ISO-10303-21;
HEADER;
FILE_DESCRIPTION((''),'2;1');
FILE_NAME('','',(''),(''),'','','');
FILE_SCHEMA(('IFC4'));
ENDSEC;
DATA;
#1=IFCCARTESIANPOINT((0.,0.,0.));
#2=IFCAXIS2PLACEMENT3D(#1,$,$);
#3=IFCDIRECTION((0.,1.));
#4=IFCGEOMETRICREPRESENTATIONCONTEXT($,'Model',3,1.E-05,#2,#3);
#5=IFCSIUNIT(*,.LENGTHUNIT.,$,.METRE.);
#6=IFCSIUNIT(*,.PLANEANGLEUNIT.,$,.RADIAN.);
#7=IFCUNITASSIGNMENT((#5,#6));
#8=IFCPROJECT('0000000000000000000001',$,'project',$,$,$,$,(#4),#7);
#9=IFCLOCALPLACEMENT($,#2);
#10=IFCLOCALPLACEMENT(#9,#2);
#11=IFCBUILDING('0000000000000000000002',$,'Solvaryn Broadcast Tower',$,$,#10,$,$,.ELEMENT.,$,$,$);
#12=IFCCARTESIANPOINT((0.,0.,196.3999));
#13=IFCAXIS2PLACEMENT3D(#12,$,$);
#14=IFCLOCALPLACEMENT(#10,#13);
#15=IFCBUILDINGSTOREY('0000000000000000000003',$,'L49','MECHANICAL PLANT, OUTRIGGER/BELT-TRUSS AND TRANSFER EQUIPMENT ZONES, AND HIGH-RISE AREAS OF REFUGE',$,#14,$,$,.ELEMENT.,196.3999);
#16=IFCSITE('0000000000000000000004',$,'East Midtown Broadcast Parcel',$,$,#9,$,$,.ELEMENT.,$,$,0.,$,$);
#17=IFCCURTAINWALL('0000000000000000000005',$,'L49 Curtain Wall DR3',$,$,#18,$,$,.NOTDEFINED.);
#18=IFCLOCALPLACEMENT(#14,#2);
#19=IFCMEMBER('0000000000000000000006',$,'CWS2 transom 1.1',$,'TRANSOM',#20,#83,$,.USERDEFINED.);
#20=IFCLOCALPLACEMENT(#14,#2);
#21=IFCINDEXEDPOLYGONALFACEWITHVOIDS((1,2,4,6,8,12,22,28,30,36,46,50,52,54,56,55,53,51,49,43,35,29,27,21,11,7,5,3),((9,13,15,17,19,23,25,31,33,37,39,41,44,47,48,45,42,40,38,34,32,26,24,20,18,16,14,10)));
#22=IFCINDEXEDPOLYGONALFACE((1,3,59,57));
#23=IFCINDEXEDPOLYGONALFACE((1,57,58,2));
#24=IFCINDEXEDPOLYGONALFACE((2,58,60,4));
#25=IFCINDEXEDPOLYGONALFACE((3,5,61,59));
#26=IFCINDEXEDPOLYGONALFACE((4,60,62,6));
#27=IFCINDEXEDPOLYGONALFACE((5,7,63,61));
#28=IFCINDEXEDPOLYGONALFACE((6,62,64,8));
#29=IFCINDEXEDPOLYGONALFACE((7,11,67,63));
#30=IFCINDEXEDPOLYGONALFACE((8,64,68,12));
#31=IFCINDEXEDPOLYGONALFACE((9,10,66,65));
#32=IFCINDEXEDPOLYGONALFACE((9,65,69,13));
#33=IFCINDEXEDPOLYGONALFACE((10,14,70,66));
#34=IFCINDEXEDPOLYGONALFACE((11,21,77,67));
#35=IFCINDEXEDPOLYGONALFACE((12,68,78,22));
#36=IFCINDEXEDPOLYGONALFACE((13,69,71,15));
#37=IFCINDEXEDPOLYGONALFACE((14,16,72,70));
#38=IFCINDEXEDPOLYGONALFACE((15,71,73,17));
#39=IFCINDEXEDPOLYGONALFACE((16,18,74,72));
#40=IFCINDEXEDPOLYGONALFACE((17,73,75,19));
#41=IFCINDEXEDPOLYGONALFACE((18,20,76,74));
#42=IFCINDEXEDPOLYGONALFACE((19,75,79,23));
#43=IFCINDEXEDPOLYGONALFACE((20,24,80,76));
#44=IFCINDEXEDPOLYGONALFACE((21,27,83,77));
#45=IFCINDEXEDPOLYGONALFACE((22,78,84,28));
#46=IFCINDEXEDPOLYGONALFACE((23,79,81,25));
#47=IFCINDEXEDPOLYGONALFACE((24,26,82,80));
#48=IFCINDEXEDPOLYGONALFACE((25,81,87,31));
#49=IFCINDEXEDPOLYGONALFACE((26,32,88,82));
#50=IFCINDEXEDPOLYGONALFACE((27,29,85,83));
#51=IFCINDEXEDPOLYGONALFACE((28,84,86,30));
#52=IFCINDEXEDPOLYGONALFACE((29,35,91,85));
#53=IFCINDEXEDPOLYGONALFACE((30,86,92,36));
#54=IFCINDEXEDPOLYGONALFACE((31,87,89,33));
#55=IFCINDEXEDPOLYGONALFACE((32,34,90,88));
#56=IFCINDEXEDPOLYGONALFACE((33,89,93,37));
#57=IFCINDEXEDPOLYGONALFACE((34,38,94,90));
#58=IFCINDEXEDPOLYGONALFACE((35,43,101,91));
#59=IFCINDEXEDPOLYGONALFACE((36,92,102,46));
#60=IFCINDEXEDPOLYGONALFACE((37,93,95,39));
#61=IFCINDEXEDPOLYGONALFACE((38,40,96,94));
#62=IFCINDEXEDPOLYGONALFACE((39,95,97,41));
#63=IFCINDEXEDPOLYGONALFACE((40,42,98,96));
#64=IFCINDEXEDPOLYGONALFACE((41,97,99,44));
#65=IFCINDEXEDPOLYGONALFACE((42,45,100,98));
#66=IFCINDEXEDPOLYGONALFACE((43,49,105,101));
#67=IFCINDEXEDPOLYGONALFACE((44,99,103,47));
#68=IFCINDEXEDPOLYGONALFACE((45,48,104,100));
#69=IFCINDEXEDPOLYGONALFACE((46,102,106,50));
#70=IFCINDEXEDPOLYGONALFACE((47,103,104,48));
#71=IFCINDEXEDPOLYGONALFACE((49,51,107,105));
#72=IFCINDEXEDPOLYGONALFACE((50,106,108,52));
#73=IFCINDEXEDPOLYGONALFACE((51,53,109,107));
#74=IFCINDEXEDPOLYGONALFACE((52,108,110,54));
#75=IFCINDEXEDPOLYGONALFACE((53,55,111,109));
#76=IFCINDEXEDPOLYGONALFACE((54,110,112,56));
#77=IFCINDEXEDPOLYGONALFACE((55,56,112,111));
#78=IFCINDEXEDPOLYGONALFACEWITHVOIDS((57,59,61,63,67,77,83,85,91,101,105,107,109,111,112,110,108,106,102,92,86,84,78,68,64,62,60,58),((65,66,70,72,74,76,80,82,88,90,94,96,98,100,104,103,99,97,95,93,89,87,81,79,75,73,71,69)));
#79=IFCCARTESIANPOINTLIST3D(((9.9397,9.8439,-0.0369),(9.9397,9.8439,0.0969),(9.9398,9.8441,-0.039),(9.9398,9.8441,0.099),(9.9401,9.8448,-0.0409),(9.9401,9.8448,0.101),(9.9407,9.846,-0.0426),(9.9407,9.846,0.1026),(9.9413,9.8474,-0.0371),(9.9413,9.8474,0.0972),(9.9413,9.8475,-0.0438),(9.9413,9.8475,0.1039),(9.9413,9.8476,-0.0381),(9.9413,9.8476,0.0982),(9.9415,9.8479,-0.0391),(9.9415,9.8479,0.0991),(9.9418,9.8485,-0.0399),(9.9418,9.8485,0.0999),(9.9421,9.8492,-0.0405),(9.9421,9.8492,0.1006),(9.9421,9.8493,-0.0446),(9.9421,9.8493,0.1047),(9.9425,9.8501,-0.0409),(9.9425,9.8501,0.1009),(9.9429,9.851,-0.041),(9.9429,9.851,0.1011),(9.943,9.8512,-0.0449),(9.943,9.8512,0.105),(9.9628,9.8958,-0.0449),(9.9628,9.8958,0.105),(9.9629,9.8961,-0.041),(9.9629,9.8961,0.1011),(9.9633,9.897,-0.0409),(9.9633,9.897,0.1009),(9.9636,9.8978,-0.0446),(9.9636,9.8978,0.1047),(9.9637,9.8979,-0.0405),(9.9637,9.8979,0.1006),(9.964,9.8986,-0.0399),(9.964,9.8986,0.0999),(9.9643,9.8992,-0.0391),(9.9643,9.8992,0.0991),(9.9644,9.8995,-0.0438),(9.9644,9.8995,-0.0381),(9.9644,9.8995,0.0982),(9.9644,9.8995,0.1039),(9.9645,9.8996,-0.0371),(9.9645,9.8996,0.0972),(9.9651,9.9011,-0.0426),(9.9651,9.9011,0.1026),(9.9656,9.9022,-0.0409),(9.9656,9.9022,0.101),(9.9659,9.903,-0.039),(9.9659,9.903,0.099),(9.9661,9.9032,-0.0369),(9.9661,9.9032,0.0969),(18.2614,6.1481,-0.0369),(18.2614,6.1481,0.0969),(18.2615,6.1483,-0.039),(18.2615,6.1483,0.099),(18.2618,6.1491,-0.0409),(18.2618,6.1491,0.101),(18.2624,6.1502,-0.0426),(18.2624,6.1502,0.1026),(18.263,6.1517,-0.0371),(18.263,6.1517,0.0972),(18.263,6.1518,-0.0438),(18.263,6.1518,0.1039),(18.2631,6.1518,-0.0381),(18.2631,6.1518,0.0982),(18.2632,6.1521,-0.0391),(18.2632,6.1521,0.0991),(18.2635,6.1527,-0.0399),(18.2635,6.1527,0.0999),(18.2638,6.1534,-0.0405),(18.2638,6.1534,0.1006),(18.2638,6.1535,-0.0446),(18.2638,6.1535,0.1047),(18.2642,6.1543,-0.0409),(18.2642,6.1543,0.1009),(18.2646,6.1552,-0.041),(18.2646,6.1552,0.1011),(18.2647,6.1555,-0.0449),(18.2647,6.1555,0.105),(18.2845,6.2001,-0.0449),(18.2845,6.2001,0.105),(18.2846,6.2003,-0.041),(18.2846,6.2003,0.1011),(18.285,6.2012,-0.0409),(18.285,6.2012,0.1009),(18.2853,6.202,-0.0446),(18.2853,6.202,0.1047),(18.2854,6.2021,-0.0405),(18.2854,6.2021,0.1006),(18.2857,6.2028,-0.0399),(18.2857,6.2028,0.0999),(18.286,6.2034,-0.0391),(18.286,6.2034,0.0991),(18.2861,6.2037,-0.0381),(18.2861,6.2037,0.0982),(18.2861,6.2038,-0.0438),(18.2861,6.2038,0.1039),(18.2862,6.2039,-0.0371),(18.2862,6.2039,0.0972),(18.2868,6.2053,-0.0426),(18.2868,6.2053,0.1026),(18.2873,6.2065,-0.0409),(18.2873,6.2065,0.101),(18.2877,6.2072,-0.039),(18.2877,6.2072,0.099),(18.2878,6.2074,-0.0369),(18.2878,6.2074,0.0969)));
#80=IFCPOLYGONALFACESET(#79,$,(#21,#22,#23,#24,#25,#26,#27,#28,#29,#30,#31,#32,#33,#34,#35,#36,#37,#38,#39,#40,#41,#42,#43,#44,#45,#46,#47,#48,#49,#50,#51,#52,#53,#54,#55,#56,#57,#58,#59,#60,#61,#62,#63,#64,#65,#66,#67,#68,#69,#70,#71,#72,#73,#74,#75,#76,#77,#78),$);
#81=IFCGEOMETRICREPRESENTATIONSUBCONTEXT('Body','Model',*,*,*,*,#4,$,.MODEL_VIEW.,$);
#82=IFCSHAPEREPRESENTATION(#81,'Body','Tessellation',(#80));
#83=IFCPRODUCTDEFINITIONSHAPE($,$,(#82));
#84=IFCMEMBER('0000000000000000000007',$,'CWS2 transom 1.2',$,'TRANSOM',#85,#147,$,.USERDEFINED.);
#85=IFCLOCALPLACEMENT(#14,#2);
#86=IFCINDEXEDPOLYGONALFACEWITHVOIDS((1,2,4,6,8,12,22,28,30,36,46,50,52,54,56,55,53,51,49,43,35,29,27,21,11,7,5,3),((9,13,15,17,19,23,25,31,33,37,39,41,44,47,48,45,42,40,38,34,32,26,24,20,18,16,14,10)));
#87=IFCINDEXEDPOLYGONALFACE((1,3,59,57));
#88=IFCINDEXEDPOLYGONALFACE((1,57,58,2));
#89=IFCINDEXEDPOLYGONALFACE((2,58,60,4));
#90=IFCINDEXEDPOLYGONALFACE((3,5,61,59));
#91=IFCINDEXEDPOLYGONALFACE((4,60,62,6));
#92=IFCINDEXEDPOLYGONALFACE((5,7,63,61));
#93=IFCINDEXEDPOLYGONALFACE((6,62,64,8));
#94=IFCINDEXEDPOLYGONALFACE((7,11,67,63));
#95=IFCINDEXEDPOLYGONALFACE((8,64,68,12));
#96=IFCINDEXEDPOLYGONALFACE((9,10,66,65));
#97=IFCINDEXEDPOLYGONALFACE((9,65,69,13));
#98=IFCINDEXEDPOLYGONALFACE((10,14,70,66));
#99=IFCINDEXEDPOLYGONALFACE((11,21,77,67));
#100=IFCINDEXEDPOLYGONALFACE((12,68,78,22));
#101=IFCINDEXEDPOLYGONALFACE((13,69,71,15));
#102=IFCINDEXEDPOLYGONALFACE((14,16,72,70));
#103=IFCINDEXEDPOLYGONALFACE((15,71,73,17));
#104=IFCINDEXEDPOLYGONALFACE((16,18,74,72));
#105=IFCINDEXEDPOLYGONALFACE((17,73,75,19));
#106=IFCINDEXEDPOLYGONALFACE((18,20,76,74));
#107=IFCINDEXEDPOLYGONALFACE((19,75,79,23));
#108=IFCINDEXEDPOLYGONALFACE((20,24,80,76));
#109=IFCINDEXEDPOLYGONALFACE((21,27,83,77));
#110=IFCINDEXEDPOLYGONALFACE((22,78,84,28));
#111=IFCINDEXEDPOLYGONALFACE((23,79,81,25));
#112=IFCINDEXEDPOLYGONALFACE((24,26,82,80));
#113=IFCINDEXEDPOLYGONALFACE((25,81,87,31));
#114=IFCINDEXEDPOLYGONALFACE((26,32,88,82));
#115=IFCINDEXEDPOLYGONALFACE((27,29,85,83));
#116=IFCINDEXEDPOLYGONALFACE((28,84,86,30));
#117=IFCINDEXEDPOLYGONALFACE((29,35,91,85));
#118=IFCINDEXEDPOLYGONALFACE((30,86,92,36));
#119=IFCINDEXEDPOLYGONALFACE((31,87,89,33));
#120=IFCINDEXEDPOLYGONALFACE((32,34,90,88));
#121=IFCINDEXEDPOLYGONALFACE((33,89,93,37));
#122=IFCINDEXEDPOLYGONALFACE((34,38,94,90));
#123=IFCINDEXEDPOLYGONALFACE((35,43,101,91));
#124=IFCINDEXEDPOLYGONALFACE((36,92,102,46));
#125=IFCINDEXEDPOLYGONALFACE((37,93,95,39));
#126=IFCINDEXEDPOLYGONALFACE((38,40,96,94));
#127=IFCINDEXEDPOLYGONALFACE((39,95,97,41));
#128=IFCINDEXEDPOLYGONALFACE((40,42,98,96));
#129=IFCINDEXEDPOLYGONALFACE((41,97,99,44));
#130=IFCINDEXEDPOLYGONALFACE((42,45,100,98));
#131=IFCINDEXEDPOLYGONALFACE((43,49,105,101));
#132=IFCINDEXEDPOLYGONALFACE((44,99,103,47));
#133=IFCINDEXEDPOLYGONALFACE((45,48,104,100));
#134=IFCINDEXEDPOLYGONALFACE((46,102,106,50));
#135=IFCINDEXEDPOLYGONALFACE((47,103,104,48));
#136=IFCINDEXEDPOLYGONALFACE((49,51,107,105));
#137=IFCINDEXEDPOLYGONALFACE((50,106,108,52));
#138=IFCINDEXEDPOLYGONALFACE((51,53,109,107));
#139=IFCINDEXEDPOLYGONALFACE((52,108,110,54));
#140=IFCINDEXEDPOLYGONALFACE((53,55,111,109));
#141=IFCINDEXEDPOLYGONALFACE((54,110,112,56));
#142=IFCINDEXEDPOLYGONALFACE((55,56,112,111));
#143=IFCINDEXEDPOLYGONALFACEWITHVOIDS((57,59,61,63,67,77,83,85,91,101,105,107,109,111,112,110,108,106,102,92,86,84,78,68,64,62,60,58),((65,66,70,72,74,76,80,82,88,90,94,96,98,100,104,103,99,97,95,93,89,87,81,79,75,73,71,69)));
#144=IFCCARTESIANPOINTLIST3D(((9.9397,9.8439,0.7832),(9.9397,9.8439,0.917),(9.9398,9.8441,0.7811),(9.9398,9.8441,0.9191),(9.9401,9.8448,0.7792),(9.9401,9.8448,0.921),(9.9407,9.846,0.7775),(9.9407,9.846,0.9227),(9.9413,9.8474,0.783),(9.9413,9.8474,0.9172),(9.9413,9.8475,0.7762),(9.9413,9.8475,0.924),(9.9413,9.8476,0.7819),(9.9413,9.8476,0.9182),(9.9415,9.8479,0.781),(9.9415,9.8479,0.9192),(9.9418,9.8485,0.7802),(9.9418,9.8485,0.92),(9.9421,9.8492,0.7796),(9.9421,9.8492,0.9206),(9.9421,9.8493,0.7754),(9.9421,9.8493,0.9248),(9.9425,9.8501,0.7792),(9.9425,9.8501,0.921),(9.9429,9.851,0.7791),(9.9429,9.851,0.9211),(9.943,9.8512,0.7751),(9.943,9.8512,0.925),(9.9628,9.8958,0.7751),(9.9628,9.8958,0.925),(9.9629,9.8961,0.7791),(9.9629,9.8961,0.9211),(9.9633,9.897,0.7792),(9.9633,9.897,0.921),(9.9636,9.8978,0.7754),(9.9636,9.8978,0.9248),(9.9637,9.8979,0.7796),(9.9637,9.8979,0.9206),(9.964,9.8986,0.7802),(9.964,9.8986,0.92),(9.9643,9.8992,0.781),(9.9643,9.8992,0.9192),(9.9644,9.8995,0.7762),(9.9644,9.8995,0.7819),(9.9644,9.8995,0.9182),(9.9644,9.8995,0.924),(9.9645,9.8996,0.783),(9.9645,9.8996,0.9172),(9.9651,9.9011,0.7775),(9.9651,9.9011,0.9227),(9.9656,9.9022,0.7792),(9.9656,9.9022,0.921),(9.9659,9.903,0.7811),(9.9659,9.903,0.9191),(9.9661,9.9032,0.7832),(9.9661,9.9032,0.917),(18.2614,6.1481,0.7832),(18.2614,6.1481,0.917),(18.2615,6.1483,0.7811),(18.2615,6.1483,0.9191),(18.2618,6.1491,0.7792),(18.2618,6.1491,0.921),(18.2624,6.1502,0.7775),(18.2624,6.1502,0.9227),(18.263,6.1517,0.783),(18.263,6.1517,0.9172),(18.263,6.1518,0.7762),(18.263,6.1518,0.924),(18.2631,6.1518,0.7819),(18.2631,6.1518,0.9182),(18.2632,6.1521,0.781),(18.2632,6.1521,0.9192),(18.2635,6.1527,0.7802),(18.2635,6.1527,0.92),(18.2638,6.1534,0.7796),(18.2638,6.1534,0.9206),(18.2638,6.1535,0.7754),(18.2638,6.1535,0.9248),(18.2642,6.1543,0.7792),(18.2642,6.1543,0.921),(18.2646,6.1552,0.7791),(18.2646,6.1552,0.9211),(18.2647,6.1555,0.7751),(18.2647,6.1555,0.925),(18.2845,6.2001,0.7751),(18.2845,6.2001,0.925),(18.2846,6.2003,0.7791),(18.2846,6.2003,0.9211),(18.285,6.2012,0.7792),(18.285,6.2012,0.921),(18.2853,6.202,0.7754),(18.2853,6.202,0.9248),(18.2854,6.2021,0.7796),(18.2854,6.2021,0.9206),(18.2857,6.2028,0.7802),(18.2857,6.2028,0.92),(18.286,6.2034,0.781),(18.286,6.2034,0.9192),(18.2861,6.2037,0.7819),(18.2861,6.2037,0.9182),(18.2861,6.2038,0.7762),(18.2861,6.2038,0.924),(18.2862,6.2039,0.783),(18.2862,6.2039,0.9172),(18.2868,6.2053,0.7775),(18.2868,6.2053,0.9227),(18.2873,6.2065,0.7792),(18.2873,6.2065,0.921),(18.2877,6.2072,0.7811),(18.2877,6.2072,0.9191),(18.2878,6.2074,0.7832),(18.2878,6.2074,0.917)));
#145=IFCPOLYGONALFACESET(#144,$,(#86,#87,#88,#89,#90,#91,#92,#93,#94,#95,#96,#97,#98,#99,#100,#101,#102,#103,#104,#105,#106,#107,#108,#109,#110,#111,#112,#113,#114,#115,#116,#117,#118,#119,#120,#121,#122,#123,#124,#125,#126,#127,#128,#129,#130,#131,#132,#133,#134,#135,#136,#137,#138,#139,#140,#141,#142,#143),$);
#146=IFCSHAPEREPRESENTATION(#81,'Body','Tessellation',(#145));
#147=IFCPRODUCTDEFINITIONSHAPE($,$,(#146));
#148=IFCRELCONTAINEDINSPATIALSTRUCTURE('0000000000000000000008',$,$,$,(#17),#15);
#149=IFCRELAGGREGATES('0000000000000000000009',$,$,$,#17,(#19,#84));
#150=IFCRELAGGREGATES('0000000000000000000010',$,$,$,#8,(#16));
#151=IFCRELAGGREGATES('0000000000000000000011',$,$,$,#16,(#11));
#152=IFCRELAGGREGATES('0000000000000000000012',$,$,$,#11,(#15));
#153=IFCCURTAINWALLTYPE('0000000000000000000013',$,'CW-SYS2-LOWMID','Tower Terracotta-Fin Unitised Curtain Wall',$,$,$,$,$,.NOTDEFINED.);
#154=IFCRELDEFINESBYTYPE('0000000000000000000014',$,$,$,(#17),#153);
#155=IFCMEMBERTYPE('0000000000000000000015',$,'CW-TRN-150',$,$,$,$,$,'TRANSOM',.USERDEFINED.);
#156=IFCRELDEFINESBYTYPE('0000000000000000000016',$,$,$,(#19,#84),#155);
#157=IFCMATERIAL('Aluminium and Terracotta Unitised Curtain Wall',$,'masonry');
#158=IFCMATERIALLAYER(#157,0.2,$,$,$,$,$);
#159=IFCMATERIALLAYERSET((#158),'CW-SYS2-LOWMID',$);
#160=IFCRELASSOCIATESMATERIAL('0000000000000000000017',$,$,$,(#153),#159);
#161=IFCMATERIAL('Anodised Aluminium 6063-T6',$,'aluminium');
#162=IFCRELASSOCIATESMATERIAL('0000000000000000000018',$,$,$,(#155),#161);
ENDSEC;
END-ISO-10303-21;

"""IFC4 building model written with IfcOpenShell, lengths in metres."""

from ifc_helpers import new_model, si_unit, direction, frame, origin, origin_2d, place, context, subcontext, project, spatial, hollow_rectangle, extrude, material, layer, layer_set, material_profile, profile_set, type_object, element, aggregate, save


model = new_model("IFC4")

# Units and contexts
model_context = context("Model", 3, precision=1e-05, world=origin(), true_north=direction((0.0, 1.0)))
body_context = subcontext(model_context, "Body", "Model", "MODEL_VIEW")
ifc_project = project(units=[si_unit("LENGTHUNIT", "METRE"), si_unit("PLANEANGLEUNIT", "RADIAN")], contexts=[model_context])

# Site, building, storey
site_placement = place(None, origin())
site = spatial("IfcSite", under=ifc_project, at=site_placement, Name="East Midtown Broadcast Parcel", CompositionType="ELEMENT", RefElevation=0.0)
building_placement = place(site_placement, origin())
building = spatial("IfcBuilding", under=site, at=building_placement, Name="Solvaryn Broadcast Tower", CompositionType="ELEMENT")
storey_placement = place(building_placement, frame((0.0, 0.0, 196.3999)))
storey = spatial("IfcBuildingStorey", under=building, at=storey_placement, Name="L49", Description="MECHANICAL PLANT, OUTRIGGER/BELT-TRUSS AND TRANSFER EQUIPMENT ZONES, AND HIGH-RISE AREAS OF REFUGE", CompositionType="ELEMENT", Elevation=196.3999)

# Shared definitions
ifc_material_1 = material(Name="Aluminium and Terracotta Unitised Curtain Wall", Category="masonry")
ifc_layer_1 = layer(ifc_material_1, 0.2)
ifc_layer_set_1 = layer_set([ifc_layer_1], Name="CW-SYS2-LOWMID")
curtain_wall_type = type_object("IfcCurtainWallType", Name="CW-SYS2-LOWMID", Description="Tower Terracotta-Fin Unitised Curtain Wall", PredefinedType="NOTDEFINED", material=ifc_layer_set_1)

# Curtain wall, members
curtain_wall_1_placement = place(storey_placement, origin())
curtain_wall_1 = element("IfcCurtainWall", 1, at=curtain_wall_1_placement, inside=storey, type_object=curtain_wall_type, Name="L49 Curtain Wall DR3", PredefinedType="NOTDEFINED")
ifc_material_2 = material(Name="Anodised Aluminium 6063-T6", Category="aluminium")
ifc_material_profile_1 = material_profile(ifc_material_2, hollow_rectangle(XDim=0.0649, YDim=0.1499, WallThickness=0.0039, InnerFilletRadius=0.0039, OuterFilletRadius=0.0081, at=origin_2d()))
ifc_profile_set_1 = profile_set([ifc_material_profile_1], Name="Anodised Aluminium 6063-T6")
member_type_1 = type_object("IfcMemberType", Name="CW-TRN-150", ElementType="TRANSOM", PredefinedType="USERDEFINED", material=ifc_profile_set_1)
member_1_placement = place(storey_placement, frame((9.9529, 9.8735, 0.03), z_axis=(0.913924, -0.405885, 0.0), x_axis=(0.405885, 0.913924, 0.0)))
member_1 = element("IfcMember", 2, at=member_1_placement, type_object=member_type_1, Name="CWS2 transom 1.1", ObjectType="TRANSOM", PredefinedType="USERDEFINED", context=body_context, shape_type="SweptSolid", body=[
    extrude(hollow_rectangle(XDim=0.0649, YDim=0.1499, WallThickness=0.0039, InnerFilletRadius=0.0039, OuterFilletRadius=0.0081, at=origin_2d()), origin(), (0.0, 0.0, 1.0), 9.1055),
])
member_2_placement = place(storey_placement, frame((9.9529, 9.8735, 0.8501), z_axis=(0.913924, -0.405885, 0.0), x_axis=(0.405885, 0.913924, 0.0)))
member_2 = element("IfcMember", 3, at=member_2_placement, type_object=member_type_1, Name="CWS2 transom 1.2", ObjectType="TRANSOM", PredefinedType="USERDEFINED", context=body_context, shape_type="SweptSolid", body=[
    extrude(hollow_rectangle(XDim=0.0649, YDim=0.1499, WallThickness=0.0039, InnerFilletRadius=0.0039, OuterFilletRadius=0.0081, at=origin_2d()), origin(), (0.0, 0.0, 1.0), 9.1055),
])
aggregate(curtain_wall_1, [member_1, member_2])

save(model, "model.ifc")
